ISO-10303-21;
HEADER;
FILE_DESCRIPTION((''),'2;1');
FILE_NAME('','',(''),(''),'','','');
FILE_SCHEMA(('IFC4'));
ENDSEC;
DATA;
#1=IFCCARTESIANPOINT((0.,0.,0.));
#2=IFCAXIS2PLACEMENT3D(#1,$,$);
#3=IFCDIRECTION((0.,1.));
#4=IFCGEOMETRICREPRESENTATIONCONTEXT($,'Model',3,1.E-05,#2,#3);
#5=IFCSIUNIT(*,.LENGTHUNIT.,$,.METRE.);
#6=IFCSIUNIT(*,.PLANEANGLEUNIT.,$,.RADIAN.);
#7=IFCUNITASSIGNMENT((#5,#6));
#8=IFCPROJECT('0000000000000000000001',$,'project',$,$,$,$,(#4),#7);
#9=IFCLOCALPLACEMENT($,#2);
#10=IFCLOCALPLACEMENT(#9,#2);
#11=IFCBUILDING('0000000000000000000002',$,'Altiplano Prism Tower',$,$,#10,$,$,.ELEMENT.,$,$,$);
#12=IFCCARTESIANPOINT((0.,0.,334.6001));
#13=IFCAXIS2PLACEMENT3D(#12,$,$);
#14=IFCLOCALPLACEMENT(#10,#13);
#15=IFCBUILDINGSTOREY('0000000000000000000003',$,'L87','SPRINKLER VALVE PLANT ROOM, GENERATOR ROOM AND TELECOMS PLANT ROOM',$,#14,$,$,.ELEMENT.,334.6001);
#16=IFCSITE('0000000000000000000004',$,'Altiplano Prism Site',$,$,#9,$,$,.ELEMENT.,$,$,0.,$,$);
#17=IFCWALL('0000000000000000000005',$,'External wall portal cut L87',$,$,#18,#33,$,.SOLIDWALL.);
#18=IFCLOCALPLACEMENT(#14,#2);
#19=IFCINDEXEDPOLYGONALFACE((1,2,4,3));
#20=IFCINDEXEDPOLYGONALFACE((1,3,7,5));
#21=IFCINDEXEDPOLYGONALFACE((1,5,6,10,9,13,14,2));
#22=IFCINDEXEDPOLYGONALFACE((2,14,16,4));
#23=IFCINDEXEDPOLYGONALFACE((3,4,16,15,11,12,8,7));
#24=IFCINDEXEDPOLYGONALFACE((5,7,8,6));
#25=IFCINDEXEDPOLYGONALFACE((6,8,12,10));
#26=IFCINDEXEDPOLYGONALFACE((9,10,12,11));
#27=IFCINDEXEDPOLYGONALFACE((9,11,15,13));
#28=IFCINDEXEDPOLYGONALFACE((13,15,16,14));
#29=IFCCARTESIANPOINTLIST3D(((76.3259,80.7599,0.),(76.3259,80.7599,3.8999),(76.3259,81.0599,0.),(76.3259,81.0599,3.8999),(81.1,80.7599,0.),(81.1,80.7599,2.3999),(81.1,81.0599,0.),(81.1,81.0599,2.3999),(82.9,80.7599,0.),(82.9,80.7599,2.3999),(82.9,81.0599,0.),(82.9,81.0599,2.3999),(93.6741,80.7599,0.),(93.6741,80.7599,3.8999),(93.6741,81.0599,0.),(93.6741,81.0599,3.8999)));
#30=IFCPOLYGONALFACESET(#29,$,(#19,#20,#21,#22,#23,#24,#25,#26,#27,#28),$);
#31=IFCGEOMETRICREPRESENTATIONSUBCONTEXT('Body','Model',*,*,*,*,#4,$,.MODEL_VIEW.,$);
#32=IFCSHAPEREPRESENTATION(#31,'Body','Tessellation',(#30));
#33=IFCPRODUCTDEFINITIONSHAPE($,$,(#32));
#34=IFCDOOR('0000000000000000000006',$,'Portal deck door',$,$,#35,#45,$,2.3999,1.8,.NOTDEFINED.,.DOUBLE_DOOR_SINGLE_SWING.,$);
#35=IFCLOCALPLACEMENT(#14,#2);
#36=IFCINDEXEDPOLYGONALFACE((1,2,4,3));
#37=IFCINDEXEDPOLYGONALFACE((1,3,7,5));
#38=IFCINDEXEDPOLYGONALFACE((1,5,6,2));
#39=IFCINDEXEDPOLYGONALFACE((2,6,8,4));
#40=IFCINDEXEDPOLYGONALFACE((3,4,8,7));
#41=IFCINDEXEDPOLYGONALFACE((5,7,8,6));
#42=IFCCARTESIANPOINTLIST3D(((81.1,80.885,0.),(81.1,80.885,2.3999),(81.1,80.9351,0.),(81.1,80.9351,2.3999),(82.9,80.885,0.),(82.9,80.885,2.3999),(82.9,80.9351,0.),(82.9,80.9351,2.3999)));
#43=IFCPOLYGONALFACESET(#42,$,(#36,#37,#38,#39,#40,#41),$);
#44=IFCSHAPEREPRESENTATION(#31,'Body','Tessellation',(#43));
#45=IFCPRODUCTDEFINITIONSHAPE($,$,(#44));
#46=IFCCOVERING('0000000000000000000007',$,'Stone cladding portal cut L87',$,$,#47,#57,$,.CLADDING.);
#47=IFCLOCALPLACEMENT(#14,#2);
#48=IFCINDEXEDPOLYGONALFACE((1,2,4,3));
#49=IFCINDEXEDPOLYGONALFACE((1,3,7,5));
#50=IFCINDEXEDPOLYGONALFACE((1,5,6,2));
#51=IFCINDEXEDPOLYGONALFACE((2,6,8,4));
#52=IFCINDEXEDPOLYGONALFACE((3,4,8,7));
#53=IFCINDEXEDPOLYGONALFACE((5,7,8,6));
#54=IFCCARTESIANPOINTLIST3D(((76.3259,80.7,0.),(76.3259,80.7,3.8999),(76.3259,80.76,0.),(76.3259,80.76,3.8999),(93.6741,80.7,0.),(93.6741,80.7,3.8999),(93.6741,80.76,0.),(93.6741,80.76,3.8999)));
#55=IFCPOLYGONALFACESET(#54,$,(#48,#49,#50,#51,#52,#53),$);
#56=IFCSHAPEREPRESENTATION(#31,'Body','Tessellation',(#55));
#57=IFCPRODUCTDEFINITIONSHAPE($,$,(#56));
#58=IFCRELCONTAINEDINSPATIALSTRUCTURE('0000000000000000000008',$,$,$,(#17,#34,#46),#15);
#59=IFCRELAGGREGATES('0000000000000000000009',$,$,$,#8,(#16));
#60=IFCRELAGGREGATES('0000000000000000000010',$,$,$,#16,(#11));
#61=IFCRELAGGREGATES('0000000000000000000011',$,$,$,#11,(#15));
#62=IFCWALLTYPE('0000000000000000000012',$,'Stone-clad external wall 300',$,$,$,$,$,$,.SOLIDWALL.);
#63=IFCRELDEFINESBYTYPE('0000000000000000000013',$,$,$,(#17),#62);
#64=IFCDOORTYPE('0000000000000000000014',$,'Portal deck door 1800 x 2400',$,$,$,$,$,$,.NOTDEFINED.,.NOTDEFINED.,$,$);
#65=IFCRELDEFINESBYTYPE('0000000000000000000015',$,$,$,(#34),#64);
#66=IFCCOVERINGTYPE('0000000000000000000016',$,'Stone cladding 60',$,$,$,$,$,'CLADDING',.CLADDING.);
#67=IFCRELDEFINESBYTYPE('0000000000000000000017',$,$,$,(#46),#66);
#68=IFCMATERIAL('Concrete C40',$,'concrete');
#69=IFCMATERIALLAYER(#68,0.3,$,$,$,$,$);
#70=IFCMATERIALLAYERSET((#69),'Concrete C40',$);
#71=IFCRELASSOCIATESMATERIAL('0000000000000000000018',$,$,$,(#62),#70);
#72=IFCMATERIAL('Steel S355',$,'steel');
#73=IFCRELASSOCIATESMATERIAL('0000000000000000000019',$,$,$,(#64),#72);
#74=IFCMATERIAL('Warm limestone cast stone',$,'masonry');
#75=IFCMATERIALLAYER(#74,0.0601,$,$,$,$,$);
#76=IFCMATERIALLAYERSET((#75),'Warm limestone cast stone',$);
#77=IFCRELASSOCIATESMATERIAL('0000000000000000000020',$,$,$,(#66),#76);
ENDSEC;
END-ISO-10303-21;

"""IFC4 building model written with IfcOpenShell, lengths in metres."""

from ifc_helpers import new_model, si_unit, direction, frame, frame_2d, origin, place, context, subcontext, project, spatial, rectangle, extrude, material, layer, layer_set, type_object, element, fill, save


model = new_model("IFC4")

# Units and contexts
model_context = context("Model", 3, precision=1e-05, world=origin(), true_north=direction((0.0, 1.0)))
body_context = subcontext(model_context, "Body", "Model", "MODEL_VIEW")
ifc_project = project(units=[si_unit("LENGTHUNIT", "METRE"), si_unit("PLANEANGLEUNIT", "RADIAN")], contexts=[model_context])

# Site, building, storey
site_placement = place(None, origin())
site = spatial("IfcSite", under=ifc_project, at=site_placement, Name="Altiplano Prism Site", CompositionType="ELEMENT", RefElevation=0.0)
building_placement = place(site_placement, origin())
building = spatial("IfcBuilding", under=site, at=building_placement, Name="Altiplano Prism Tower", CompositionType="ELEMENT")
storey_placement = place(building_placement, frame((0.0, 0.0, 334.6001)))
storey = spatial("IfcBuildingStorey", under=building, at=storey_placement, Name="L87", Description="SPRINKLER VALVE PLANT ROOM, GENERATOR ROOM AND TELECOMS PLANT ROOM", CompositionType="ELEMENT", Elevation=334.6001)

# Wall, opening, door
ifc_material_1 = material(Name="Concrete C40", Category="concrete")
ifc_layer_1 = layer(ifc_material_1, 0.3)
ifc_layer_set_1 = layer_set([ifc_layer_1], Name="Concrete C40")
wall_type = type_object("IfcWallType", Name="Stone-clad external wall 300", PredefinedType="SOLIDWALL", material=ifc_layer_set_1)
wall_placement = place(storey_placement, frame((93.6741, 80.9099, 0.0), z_axis=(0.0, 0.0, 1.0), x_axis=(-1.0, 0.0, 0.0)))
wall = element("IfcWall", 1, at=wall_placement, inside=storey, type_object=wall_type, Name="External wall portal cut L87", PredefinedType="SOLIDWALL", context=body_context, shape_type="SweptSolid", body=[
    extrude(rectangle(XDim=17.3481, YDim=0.3, at=frame_2d((8.6741, 0.0))), origin(), (0.0, 0.0, 1.0), 3.8999),
])
opening_placement = place(wall_placement, frame((10.7742, 0.0, 0.0)))
opening = element("IfcOpeningElement", 2, at=opening_placement, cuts=wall, PredefinedType="OPENING", context=body_context, shape_type="SweptSolid", body=[
    extrude(rectangle(XDim=1.8, YDim=2.3999, at=frame_2d((0.8999, 1.2))), frame((0.0, 0.1606, 0.0), z_axis=(0.0, -1.0, 0.0), x_axis=(1.0, 0.0, 0.0)), (0.0, 0.0, 1.0), 0.321),
])
ifc_material_2 = material(Name="Steel S355", Category="steel")
door_type = type_object("IfcDoorType", Name="Portal deck door 1800 x 2400", OperationType="NOTDEFINED", PredefinedType="NOTDEFINED", material=ifc_material_2)
door_placement = place(opening_placement, origin())
door = element("IfcDoor", 3, at=door_placement, inside=storey, type_object=door_type, Name="Portal deck door", OperationType="DOUBLE_DOOR_SINGLE_SWING", OverallHeight=2.3999, OverallWidth=1.8, PredefinedType="NOTDEFINED", context=body_context, shape_type="SweptSolid", body=[
    extrude(rectangle(XDim=1.8, YDim=2.3999, at=frame_2d((0.8999, 1.2))), frame((0.0, 0.0249, 0.0), z_axis=(0.0, -1.0, 0.0), x_axis=(1.0, 0.0, 0.0)), (0.0, 0.0, 1.0), 0.05),
])
fill(opening, door)

# Covering
ifc_material_3 = material(Name="Warm limestone cast stone", Category="masonry")
ifc_layer_2 = layer(ifc_material_3, 0.0601)
ifc_layer_set_2 = layer_set([ifc_layer_2], Name="Warm limestone cast stone")
covering_type = type_object("IfcCoveringType", Name="Stone cladding 60", ElementType="CLADDING", PredefinedType="CLADDING", material=ifc_layer_set_2)
covering_placement = place(storey_placement, frame((93.6741, 80.73, 0.0), z_axis=(0.0, 0.0, 1.0), x_axis=(-1.0, 0.0, 0.0)))
element("IfcCovering", 4, at=covering_placement, inside=storey, type_object=covering_type, Name="Stone cladding portal cut L87", PredefinedType="CLADDING", context=body_context, shape_type="SweptSolid", body=[
    extrude(rectangle(XDim=17.3481, YDim=0.0601, at=frame_2d((8.6741, 0.0))), origin(), (0.0, 0.0, 1.0), 3.8999),
])

save(model, "model.ifc")
